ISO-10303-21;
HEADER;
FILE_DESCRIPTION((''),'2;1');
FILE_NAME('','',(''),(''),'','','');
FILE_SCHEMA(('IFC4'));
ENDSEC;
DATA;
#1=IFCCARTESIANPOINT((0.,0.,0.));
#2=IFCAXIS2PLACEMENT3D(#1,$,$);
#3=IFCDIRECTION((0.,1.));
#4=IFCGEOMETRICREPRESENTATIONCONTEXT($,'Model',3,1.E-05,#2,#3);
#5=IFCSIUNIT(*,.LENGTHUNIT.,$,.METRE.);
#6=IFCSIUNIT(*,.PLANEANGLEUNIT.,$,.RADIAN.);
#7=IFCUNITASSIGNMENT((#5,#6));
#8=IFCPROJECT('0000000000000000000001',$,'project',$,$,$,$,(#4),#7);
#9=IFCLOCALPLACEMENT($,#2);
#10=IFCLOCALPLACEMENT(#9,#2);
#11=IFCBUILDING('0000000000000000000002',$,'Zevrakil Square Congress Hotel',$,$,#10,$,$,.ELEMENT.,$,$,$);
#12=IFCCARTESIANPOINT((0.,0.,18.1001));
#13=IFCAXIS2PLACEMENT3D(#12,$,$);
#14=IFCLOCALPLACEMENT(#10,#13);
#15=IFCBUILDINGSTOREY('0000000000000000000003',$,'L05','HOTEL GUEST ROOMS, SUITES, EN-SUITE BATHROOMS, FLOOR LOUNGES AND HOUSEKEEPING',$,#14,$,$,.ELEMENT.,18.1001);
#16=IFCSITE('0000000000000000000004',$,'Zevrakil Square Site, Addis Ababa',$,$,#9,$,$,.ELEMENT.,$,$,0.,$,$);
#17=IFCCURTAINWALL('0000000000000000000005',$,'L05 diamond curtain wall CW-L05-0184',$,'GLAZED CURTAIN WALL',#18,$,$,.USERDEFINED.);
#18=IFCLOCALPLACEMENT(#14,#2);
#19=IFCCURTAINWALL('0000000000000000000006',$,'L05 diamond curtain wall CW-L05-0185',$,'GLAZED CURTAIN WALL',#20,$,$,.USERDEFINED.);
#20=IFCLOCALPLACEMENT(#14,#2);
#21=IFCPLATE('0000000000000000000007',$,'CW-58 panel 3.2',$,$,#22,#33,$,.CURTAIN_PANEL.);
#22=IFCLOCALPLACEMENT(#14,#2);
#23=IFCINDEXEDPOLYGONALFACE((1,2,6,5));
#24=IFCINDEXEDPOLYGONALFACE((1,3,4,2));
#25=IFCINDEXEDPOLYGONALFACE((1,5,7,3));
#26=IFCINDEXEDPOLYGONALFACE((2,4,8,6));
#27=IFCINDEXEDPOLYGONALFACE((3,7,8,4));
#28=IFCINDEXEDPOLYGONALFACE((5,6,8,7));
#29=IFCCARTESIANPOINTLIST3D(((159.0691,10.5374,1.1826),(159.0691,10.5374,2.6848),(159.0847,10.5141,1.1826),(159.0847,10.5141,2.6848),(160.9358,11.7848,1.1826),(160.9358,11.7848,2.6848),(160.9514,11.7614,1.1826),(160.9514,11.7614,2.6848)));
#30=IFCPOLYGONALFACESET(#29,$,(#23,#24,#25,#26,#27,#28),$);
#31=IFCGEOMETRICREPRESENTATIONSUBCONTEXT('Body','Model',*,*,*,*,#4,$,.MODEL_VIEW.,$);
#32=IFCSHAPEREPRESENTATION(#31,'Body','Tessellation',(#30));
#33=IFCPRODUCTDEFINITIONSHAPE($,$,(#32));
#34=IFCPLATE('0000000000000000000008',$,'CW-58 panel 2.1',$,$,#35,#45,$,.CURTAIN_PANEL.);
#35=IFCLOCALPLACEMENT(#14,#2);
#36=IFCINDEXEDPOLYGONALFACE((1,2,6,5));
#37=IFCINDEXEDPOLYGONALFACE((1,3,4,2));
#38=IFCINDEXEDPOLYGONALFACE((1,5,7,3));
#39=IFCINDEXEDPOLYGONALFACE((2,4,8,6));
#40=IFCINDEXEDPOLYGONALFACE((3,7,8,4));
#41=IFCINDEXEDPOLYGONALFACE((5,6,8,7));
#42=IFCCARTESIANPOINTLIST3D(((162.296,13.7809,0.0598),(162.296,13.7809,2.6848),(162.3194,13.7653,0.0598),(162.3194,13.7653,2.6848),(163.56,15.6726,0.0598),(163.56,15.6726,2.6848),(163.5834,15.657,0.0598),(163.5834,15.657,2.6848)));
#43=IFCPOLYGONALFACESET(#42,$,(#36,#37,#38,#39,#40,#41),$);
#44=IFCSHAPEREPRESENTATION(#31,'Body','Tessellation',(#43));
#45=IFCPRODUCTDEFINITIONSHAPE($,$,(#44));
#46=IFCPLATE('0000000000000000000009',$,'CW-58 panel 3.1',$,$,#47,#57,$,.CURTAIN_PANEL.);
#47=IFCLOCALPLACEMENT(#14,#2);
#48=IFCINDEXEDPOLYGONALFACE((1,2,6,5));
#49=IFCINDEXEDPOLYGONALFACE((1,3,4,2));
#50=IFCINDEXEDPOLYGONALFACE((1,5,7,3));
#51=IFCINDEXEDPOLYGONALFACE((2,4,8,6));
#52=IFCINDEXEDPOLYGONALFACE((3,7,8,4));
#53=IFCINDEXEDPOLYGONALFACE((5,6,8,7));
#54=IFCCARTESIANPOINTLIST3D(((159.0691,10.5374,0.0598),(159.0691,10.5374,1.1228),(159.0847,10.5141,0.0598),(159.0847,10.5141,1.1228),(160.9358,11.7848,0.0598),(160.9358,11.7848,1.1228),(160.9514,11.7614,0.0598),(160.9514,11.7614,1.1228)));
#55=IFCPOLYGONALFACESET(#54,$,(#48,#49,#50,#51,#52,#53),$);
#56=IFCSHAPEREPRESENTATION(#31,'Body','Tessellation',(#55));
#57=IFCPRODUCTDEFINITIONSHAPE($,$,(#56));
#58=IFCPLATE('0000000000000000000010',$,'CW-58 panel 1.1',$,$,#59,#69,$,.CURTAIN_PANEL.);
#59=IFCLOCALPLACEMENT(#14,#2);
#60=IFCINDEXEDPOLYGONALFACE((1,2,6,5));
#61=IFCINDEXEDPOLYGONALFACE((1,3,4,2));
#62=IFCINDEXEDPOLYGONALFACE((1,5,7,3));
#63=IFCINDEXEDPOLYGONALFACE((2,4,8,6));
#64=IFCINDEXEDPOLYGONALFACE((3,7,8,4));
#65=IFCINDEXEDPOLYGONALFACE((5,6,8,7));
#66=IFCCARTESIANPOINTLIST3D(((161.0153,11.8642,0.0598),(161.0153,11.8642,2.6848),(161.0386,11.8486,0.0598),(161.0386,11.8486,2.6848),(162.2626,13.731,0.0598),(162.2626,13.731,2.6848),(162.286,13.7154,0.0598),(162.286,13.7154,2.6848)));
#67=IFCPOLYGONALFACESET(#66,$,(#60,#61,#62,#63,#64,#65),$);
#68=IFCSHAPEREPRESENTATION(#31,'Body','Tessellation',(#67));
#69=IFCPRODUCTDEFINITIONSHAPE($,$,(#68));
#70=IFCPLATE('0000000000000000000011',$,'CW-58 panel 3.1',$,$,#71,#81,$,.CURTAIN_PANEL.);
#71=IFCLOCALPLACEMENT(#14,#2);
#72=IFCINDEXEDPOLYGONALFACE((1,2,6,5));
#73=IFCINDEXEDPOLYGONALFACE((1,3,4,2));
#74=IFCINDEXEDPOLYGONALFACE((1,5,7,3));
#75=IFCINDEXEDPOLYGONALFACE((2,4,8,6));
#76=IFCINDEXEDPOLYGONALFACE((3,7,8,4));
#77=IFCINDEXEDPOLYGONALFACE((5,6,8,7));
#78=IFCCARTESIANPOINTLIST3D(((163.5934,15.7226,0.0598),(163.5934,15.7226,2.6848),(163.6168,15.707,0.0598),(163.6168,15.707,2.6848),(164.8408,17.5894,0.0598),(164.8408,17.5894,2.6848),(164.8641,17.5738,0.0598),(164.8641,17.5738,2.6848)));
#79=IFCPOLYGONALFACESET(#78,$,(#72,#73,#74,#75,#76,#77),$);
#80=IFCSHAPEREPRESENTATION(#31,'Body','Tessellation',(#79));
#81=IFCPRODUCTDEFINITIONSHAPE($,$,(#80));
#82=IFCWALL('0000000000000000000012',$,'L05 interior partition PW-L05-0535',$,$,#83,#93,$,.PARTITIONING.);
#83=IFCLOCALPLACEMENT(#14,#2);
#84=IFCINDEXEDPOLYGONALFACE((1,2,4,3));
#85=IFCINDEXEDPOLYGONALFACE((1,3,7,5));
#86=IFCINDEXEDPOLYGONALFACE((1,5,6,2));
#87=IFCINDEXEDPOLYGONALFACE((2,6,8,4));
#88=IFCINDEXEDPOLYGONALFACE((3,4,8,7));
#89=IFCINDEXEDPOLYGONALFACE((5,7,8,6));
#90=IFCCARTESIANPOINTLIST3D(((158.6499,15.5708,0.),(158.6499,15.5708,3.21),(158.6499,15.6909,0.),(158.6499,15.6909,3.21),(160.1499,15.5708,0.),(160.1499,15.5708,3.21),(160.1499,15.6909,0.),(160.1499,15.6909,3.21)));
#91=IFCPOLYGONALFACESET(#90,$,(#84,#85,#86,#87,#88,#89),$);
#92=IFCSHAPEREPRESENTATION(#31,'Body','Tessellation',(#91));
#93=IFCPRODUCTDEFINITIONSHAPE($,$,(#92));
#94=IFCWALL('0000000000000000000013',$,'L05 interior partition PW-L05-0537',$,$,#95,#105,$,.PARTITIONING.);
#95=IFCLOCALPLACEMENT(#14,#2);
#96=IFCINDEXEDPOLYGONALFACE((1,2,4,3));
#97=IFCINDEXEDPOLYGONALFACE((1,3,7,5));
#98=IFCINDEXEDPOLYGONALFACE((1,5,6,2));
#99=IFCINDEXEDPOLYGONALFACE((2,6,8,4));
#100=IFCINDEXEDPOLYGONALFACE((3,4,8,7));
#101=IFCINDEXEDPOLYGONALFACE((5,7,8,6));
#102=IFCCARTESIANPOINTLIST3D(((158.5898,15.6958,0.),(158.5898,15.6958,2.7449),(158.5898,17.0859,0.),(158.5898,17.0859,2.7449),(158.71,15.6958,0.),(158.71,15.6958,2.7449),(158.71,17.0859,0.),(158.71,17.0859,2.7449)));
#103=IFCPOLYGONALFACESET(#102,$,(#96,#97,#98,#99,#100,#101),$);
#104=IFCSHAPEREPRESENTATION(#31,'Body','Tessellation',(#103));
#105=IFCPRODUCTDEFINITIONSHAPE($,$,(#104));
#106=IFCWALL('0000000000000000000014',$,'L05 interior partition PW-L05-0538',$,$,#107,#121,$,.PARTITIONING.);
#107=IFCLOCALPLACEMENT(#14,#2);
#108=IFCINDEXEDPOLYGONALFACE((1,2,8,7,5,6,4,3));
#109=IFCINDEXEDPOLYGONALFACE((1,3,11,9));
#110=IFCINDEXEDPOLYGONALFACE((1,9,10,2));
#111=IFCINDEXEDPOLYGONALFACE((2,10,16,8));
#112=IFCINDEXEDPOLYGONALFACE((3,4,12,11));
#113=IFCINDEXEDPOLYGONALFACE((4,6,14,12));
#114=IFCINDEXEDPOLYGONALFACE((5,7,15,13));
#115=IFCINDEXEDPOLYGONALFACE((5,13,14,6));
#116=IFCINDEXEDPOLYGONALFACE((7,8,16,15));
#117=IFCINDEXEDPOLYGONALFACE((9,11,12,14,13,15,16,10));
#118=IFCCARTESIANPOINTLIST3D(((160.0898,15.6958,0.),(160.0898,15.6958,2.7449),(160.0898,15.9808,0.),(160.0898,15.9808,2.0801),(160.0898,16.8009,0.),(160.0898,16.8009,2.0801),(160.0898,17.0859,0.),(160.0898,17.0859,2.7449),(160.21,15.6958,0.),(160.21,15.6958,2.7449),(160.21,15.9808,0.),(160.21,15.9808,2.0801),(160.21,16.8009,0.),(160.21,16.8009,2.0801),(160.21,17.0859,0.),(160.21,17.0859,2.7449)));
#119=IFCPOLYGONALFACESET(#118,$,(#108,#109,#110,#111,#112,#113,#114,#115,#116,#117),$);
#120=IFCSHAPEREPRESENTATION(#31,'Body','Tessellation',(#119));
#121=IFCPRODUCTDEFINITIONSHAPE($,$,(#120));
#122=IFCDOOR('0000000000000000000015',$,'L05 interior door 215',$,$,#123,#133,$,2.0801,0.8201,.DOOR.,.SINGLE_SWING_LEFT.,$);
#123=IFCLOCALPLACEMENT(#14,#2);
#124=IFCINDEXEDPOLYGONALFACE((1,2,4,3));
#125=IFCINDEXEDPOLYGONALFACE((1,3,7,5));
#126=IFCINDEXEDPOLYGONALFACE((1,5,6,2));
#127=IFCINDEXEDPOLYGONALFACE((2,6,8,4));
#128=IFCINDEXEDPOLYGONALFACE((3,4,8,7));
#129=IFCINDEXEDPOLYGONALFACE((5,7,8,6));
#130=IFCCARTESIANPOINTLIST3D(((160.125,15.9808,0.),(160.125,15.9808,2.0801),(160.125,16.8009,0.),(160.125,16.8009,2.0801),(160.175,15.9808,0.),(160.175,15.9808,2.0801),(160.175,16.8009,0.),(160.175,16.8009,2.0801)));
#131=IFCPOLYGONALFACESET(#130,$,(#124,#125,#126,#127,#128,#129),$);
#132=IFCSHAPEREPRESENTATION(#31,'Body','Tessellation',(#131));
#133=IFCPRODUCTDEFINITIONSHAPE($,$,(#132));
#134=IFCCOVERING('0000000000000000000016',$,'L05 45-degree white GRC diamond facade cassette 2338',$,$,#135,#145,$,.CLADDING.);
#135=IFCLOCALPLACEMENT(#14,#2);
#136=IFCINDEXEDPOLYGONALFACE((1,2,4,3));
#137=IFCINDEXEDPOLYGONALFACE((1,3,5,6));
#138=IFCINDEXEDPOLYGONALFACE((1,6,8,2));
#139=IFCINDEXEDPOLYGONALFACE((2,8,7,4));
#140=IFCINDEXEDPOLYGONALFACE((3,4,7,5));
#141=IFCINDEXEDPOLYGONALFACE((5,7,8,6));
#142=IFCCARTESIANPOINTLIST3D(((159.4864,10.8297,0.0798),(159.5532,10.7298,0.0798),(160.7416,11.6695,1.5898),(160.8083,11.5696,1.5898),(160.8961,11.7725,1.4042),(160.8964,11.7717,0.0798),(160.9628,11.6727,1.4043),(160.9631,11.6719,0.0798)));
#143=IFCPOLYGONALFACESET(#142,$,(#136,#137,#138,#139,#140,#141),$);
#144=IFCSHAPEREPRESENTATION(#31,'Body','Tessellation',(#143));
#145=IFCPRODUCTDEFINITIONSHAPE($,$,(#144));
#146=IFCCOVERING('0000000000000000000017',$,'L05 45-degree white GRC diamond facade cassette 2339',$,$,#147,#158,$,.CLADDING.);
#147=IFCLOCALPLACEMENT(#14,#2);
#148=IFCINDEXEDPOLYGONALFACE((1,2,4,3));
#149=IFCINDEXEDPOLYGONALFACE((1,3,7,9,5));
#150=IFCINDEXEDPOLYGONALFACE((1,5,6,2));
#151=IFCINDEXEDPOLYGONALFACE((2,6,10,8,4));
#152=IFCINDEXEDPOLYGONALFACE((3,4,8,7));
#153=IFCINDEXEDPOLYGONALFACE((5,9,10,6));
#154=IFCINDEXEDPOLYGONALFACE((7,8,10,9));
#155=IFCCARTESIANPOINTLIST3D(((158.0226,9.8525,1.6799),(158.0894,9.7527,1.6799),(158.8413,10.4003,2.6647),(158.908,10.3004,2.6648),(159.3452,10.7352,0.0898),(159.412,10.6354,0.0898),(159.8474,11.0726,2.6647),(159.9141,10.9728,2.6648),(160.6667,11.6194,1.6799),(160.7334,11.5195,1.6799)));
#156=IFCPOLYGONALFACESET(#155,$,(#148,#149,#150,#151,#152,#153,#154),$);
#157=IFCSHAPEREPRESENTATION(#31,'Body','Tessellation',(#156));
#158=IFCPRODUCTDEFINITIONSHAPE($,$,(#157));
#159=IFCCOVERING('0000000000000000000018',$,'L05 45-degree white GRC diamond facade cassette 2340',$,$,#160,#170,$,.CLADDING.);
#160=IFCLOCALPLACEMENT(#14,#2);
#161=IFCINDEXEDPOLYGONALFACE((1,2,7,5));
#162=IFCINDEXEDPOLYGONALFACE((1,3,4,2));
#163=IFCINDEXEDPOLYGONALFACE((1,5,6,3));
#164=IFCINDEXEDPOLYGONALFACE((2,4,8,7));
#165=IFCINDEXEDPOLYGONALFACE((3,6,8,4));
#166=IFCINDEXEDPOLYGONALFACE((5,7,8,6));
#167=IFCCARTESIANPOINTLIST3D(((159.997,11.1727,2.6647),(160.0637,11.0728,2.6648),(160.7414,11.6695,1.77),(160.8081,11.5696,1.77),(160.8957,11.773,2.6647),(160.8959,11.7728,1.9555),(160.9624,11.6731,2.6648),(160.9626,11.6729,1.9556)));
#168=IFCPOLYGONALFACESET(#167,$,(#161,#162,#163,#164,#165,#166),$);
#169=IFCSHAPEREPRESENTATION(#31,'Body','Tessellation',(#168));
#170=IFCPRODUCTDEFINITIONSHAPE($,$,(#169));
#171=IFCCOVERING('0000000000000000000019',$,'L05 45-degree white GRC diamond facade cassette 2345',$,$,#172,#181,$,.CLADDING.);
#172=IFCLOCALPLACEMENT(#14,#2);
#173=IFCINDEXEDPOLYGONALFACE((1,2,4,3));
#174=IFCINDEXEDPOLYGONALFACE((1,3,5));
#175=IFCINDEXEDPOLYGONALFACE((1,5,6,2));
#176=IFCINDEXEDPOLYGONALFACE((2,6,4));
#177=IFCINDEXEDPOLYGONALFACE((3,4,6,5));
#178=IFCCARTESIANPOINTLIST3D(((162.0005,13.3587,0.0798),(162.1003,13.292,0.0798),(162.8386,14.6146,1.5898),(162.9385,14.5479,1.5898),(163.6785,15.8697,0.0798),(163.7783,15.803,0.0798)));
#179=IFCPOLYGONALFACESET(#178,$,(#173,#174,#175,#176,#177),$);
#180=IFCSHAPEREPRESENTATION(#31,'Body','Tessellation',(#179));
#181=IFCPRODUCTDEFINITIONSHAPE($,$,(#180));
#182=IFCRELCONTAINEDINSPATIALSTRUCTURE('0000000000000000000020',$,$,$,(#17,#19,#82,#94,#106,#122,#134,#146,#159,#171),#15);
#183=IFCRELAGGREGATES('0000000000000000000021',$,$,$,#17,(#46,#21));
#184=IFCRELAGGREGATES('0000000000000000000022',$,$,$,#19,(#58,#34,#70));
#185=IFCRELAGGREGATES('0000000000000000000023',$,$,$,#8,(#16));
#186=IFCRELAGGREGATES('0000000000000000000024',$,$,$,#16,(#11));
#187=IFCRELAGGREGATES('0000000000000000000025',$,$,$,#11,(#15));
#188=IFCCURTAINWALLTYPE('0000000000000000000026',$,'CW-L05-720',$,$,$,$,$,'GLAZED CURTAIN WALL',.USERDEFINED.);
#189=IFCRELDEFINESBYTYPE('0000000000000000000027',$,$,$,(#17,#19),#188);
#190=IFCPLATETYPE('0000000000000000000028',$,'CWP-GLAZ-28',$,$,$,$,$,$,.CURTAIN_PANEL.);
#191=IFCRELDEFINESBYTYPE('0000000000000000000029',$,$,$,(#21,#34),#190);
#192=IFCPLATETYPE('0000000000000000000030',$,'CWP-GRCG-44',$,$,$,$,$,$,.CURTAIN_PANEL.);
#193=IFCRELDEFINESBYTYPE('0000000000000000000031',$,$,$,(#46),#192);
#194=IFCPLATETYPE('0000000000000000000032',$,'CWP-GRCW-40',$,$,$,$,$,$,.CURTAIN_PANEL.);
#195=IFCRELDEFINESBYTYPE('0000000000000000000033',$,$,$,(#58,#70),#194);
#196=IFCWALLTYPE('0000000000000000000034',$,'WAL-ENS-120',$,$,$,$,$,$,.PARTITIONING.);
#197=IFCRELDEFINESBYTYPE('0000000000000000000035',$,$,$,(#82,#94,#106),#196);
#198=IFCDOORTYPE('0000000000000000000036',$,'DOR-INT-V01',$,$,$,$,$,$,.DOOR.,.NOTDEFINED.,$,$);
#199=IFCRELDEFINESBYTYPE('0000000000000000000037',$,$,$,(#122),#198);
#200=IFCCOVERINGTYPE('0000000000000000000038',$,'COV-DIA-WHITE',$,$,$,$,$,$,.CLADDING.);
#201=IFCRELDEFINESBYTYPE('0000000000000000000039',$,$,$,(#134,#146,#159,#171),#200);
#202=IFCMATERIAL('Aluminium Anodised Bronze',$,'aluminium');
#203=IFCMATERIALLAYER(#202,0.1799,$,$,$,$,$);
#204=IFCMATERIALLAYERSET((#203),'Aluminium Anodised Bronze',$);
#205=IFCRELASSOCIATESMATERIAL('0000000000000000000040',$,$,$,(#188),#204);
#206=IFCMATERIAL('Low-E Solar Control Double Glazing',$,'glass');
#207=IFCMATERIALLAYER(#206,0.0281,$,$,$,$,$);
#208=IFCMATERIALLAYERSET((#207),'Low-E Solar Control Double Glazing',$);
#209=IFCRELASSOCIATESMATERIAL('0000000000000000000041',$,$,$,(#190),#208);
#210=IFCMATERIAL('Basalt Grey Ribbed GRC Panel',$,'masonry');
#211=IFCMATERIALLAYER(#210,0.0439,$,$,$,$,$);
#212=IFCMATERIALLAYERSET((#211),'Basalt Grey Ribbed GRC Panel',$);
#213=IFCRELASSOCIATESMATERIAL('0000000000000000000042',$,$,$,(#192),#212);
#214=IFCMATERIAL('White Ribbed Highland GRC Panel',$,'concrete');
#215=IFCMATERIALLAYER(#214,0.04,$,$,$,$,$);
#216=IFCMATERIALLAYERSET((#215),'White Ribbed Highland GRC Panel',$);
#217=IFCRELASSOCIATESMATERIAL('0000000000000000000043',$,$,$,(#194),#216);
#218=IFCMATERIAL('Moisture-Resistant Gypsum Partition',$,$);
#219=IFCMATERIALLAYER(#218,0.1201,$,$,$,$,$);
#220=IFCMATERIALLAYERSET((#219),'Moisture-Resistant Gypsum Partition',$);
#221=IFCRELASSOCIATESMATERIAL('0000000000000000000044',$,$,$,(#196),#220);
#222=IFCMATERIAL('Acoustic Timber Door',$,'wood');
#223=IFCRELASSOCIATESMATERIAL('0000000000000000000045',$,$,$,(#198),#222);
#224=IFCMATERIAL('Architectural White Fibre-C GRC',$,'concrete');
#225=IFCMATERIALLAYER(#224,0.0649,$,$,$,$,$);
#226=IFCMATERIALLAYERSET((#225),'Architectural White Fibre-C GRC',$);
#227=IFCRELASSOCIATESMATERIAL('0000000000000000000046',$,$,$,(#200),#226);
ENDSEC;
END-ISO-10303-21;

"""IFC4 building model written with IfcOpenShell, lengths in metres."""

from ifc_helpers import new_model, si_unit, direction, frame, frame_2d, origin, origin_2d, place, context, subcontext, project, spatial, polyline, rectangle, outline, extrude, material, layer, layer_set, type_object, element, fill, aggregate, save


model = new_model("IFC4")

# Units and contexts
model_context = context("Model", 3, precision=1e-05, world=origin(), true_north=direction((0.0, 1.0)))
body_context = subcontext(model_context, "Body", "Model", "MODEL_VIEW")
ifc_project = project(units=[si_unit("LENGTHUNIT", "METRE"), si_unit("PLANEANGLEUNIT", "RADIAN")], contexts=[model_context])

# Site, building, storey
site_placement = place(None, origin())
site = spatial("IfcSite", under=ifc_project, at=site_placement, Name="Zevrakil Square Site, Addis Ababa", CompositionType="ELEMENT", RefElevation=0.0)
building_placement = place(site_placement, origin())
building = spatial("IfcBuilding", under=site, at=building_placement, Name="Zevrakil Square Congress Hotel", CompositionType="ELEMENT")
storey_placement = place(building_placement, frame((0.0, 0.0, 18.1001)))
storey = spatial("IfcBuildingStorey", under=building, at=storey_placement, Name="L05", Description="HOTEL GUEST ROOMS, SUITES, EN-SUITE BATHROOMS, FLOOR LOUNGES AND HOUSEKEEPING", CompositionType="ELEMENT", Elevation=18.1001)

# Curtain walls
ifc_material_1 = material(Name="Aluminium Anodised Bronze", Category="aluminium")
ifc_layer_1 = layer(ifc_material_1, 0.1799)
ifc_layer_set_1 = layer_set([ifc_layer_1], Name="Aluminium Anodised Bronze")
curtain_wall_type = type_object("IfcCurtainWallType", Name="CW-L05-720", ElementType="GLAZED CURTAIN WALL", PredefinedType="USERDEFINED", material=ifc_layer_set_1)
curtain_wall_1_placement = place(storey_placement, origin())
curtain_wall_1 = element("IfcCurtainWall", 1, at=curtain_wall_1_placement, inside=storey, type_object=curtain_wall_type, Name="L05 diamond curtain wall CW-L05-0184", ObjectType="GLAZED CURTAIN WALL", PredefinedType="USERDEFINED")
curtain_wall_2_placement = place(storey_placement, origin())
curtain_wall_2 = element("IfcCurtainWall", 2, at=curtain_wall_2_placement, inside=storey, type_object=curtain_wall_type, Name="L05 diamond curtain wall CW-L05-0185", ObjectType="GLAZED CURTAIN WALL", PredefinedType="USERDEFINED")

# Plates
ifc_material_2 = material(Name="Low-E Solar Control Double Glazing", Category="glass")
ifc_layer_2 = layer(ifc_material_2, 0.0281)
ifc_layer_set_2 = layer_set([ifc_layer_2], Name="Low-E Solar Control Double Glazing")
plate_type_1 = type_object("IfcPlateType", Name="CWP-GLAZ-28", PredefinedType="CURTAIN_PANEL", material=ifc_layer_set_2)
plate_1_placement = place(storey_placement, frame((160.0103, 11.1494, 1.1826), z_axis=(0.0, 0.0, 1.0), x_axis=(0.831466, 0.555576, 0.0)))
plate_1 = element("IfcPlate", 3, at=plate_1_placement, type_object=plate_type_1, Name="CW-58 panel 3.2", PredefinedType="CURTAIN_PANEL", context=body_context, shape_type="SweptSolid", body=[
    extrude(rectangle(XDim=2.2451, YDim=0.0281, at=origin_2d()), origin(), (0.0, 0.0, 1.0), 1.5022),
])
plate_2_placement = place(storey_placement, frame((162.9397, 14.719, 0.0598), z_axis=(0.0, 0.0, 1.0), x_axis=(0.555576, 0.831466, 0.0)))
plate_2 = element("IfcPlate", 4, at=plate_2_placement, type_object=plate_type_1, Name="CW-58 panel 2.1", PredefinedType="CURTAIN_PANEL", context=body_context, shape_type="SweptSolid", body=[
    extrude(rectangle(XDim=2.2751, YDim=0.0281, at=origin_2d()), origin(), (0.0, 0.0, 1.0), 2.625),
])
ifc_material_3 = material(Name="Basalt Grey Ribbed GRC Panel", Category="masonry")
ifc_layer_3 = layer(ifc_material_3, 0.0439)
ifc_layer_set_3 = layer_set([ifc_layer_3], Name="Basalt Grey Ribbed GRC Panel")
plate_type_2 = type_object("IfcPlateType", Name="CWP-GRCG-44", PredefinedType="CURTAIN_PANEL", material=ifc_layer_set_3)
plate_3_placement = place(storey_placement, frame((160.0103, 11.1494, 0.0598), z_axis=(0.0, 0.0, 1.0), x_axis=(0.831466, 0.555576, 0.0)))
plate_3 = element("IfcPlate", 5, at=plate_3_placement, type_object=plate_type_2, Name="CW-58 panel 3.1", PredefinedType="CURTAIN_PANEL", context=body_context, shape_type="SweptSolid", body=[
    extrude(rectangle(XDim=2.2451, YDim=0.0281, at=origin_2d()), origin(), (0.0, 0.0, 1.0), 1.063),
])
aggregate(curtain_wall_1, [plate_3, plate_1])
ifc_material_4 = material(Name="White Ribbed Highland GRC Panel", Category="concrete")
ifc_layer_4 = layer(ifc_material_4, 0.04)
ifc_layer_set_4 = layer_set([ifc_layer_4], Name="White Ribbed Highland GRC Panel")
plate_type_3 = type_object("IfcPlateType", Name="CWP-GRCW-40", PredefinedType="CURTAIN_PANEL", material=ifc_layer_set_4)
plate_4_placement = place(storey_placement, frame((161.6506, 12.7898, 0.0598), z_axis=(0.0, 0.0, 1.0), x_axis=(0.555576, 0.831466, 0.0)))
plate_4 = element("IfcPlate", 6, at=plate_4_placement, type_object=plate_type_3, Name="CW-58 panel 1.1", PredefinedType="CURTAIN_PANEL", context=body_context, shape_type="SweptSolid", body=[
    extrude(rectangle(XDim=2.2451, YDim=0.0281, at=origin_2d()), origin(), (0.0, 0.0, 1.0), 2.625),
])
plate_5_placement = place(storey_placement, frame((164.2288, 16.6482, 0.0598), z_axis=(0.0, 0.0, 1.0), x_axis=(0.555576, 0.831466, 0.0)))
plate_5 = element("IfcPlate", 7, at=plate_5_placement, type_object=plate_type_3, Name="CW-58 panel 3.1", PredefinedType="CURTAIN_PANEL", context=body_context, shape_type="SweptSolid", body=[
    extrude(rectangle(XDim=2.2451, YDim=0.0281, at=origin_2d()), origin(), (0.0, 0.0, 1.0), 2.625),
])
aggregate(curtain_wall_2, [plate_4, plate_2, plate_5])

# Walls
ifc_material_5 = material(Name="Moisture-Resistant Gypsum Partition")
ifc_layer_5 = layer(ifc_material_5, 0.1201)
ifc_layer_set_5 = layer_set([ifc_layer_5], Name="Moisture-Resistant Gypsum Partition")
wall_type = type_object("IfcWallType", Name="WAL-ENS-120", PredefinedType="PARTITIONING", material=ifc_layer_set_5)
wall_1_placement = place(storey_placement, frame((158.6499, 15.6309, 0.0), z_axis=(0.0, 0.0, 1.0), x_axis=(1.0, 0.0, 0.0)))
element("IfcWall", 8, at=wall_1_placement, inside=storey, type_object=wall_type, Name="L05 interior partition PW-L05-0535", PredefinedType="PARTITIONING", context=body_context, shape_type="SweptSolid", body=[
    extrude(rectangle(XDim=1.5, YDim=0.1201, at=frame_2d((0.75, 0.0))), origin(), (0.0, 0.0, 1.0), 3.21),
])
wall_2_placement = place(storey_placement, frame((158.6499, 15.6958, 0.0), z_axis=(0.0, 0.0, 1.0), x_axis=(0.0, 1.0, 0.0)))
element("IfcWall", 9, at=wall_2_placement, inside=storey, type_object=wall_type, Name="L05 interior partition PW-L05-0537", PredefinedType="PARTITIONING", context=body_context, shape_type="SweptSolid", body=[
    extrude(rectangle(XDim=1.3901, YDim=0.1201, at=frame_2d((0.6951, 0.0))), origin(), (0.0, 0.0, 1.0), 2.7449),
])

# Wall, opening, door
wall_3_placement = place(storey_placement, frame((160.1499, 15.6958, 0.0), z_axis=(0.0, 0.0, 1.0), x_axis=(0.0, 1.0, 0.0)))
wall_3 = element("IfcWall", 10, at=wall_3_placement, inside=storey, type_object=wall_type, Name="L05 interior partition PW-L05-0538", PredefinedType="PARTITIONING", context=body_context, shape_type="SweptSolid", body=[
    extrude(rectangle(XDim=1.3901, YDim=0.1201, at=frame_2d((0.6951, 0.0))), origin(), (0.0, 0.0, 1.0), 2.7449),
])
opening_placement = place(wall_3_placement, frame((0.2849, 0.0, 0.0)))
opening = element("IfcOpeningElement", 11, at=opening_placement, cuts=wall_3, PredefinedType="OPENING", context=body_context, shape_type="SweptSolid", body=[
    extrude(rectangle(XDim=0.8201, YDim=2.0801, at=frame_2d((0.4102, 1.04))), frame((0.0, 0.0701, 0.0), z_axis=(0.0, -1.0, 0.0), x_axis=(1.0, 0.0, 0.0)), (0.0, 0.0, 1.0), 0.1401),
])
ifc_material_6 = material(Name="Acoustic Timber Door", Category="wood")
door_type = type_object("IfcDoorType", Name="DOR-INT-V01", OperationType="NOTDEFINED", PredefinedType="DOOR", material=ifc_material_6)
door_placement = place(opening_placement, origin())
door = element("IfcDoor", 12, at=door_placement, inside=storey, type_object=door_type, Name="L05 interior door 215", OperationType="SINGLE_SWING_LEFT", OverallHeight=2.0801, OverallWidth=0.8201, PredefinedType="DOOR", context=body_context, shape_type="SweptSolid", body=[
    extrude(rectangle(XDim=0.8201, YDim=2.0801, at=frame_2d((0.4102, 1.04))), frame((0.0, 0.0249, 0.0), z_axis=(0.0, -1.0, 0.0), x_axis=(1.0, 0.0, 0.0)), (0.0, 0.0, 1.0), 0.05),
])
fill(opening, door)

# Coverings
ifc_material_7 = material(Name="Architectural White Fibre-C GRC", Category="concrete")
ifc_layer_6 = layer(ifc_material_7, 0.0649)
ifc_layer_set_6 = layer_set([ifc_layer_6], Name="Architectural White Fibre-C GRC")
covering_type_1 = type_object("IfcCoveringType", Name="COV-DIA-WHITE", PredefinedType="CLADDING", material=ifc_layer_set_6)
covering_1_placement = place(storey_placement, frame((160.8083, 11.5696, 1.5898), z_axis=(0.555559, -0.831477, 0.00062), x_axis=(0.588484, 0.392674, -0.706748)))
element("IfcCovering", 13, at=covering_1_placement, inside=storey, type_object=covering_type_1, Name="L05 45-degree white GRC diamond facade cassette 2338", PredefinedType="CLADDING", context=body_context, shape_type="SweptSolid", body=[
    extrude(outline(polyline([(0.0, 0.0), (0.2625, 0.0), (1.1985, -0.9372), (-0.0012, -2.1356), (0.0, 0.0)])), origin(), (0.0, 0.0, -1.0), 0.1201),
])
covering_2_placement = place(storey_placement, frame((160.7334, 11.5195, 1.6799), z_axis=(0.555607, -0.831445, 0.000597), x_axis=(-0.587662, -0.393208, -0.707136)))
element("IfcCovering", 14, at=covering_2_placement, inside=storey, type_object=covering_type_1, Name="L05 45-degree white GRC diamond facade cassette 2339", PredefinedType="CLADDING", context=body_context, shape_type="SweptSolid", body=[
    extrude(outline(polyline([(0.0, 0.0), (2.2486, 0.0), (2.2485, -2.2487), (0.8556, -2.2486), (0.0, -1.3929), (0.0, 0.0)])), origin(), (0.0, 0.0, -1.0), 0.1201),
])
covering_3_placement = place(storey_placement, frame((160.8081, 11.5696, 1.77), z_axis=(0.55545, -0.83155, 0.000418), x_axis=(-0.588218, -0.392556, 0.707036)))
element("IfcCovering", 15, at=covering_3_placement, inside=storey, type_object=covering_type_1, Name="L05 45-degree white GRC diamond facade cassette 2340", PredefinedType="CLADDING", context=body_context, shape_type="SweptSolid", body=[
    extrude(outline(polyline([(0.0, 0.0), (1.2655, 0.0), (0.5012, -0.7641), (-0.0003, -0.2626), (0.0, 0.0)])), origin(), (0.0, 0.0, -1.0), 0.1201),
])
covering_4_placement = place(storey_placement, frame((162.9385, 14.5479, 1.5898), z_axis=(0.83144, -0.555614, 0.000605), x_axis=(0.393258, 0.587715, -0.707064)))
element("IfcCovering", 16, at=covering_4_placement, inside=storey, type_object=covering_type_1, Name="L05 45-degree white GRC diamond facade cassette 2345", PredefinedType="CLADDING", context=body_context, shape_type="SweptSolid", body=[
    extrude(outline(polyline([(0.0, 0.0), (2.1356, 0.0), (0.0, -2.1354), (0.0, 0.0)])), origin(), (0.0, 0.0, -1.0), 0.1201),
])

save(model, "model.ifc")
